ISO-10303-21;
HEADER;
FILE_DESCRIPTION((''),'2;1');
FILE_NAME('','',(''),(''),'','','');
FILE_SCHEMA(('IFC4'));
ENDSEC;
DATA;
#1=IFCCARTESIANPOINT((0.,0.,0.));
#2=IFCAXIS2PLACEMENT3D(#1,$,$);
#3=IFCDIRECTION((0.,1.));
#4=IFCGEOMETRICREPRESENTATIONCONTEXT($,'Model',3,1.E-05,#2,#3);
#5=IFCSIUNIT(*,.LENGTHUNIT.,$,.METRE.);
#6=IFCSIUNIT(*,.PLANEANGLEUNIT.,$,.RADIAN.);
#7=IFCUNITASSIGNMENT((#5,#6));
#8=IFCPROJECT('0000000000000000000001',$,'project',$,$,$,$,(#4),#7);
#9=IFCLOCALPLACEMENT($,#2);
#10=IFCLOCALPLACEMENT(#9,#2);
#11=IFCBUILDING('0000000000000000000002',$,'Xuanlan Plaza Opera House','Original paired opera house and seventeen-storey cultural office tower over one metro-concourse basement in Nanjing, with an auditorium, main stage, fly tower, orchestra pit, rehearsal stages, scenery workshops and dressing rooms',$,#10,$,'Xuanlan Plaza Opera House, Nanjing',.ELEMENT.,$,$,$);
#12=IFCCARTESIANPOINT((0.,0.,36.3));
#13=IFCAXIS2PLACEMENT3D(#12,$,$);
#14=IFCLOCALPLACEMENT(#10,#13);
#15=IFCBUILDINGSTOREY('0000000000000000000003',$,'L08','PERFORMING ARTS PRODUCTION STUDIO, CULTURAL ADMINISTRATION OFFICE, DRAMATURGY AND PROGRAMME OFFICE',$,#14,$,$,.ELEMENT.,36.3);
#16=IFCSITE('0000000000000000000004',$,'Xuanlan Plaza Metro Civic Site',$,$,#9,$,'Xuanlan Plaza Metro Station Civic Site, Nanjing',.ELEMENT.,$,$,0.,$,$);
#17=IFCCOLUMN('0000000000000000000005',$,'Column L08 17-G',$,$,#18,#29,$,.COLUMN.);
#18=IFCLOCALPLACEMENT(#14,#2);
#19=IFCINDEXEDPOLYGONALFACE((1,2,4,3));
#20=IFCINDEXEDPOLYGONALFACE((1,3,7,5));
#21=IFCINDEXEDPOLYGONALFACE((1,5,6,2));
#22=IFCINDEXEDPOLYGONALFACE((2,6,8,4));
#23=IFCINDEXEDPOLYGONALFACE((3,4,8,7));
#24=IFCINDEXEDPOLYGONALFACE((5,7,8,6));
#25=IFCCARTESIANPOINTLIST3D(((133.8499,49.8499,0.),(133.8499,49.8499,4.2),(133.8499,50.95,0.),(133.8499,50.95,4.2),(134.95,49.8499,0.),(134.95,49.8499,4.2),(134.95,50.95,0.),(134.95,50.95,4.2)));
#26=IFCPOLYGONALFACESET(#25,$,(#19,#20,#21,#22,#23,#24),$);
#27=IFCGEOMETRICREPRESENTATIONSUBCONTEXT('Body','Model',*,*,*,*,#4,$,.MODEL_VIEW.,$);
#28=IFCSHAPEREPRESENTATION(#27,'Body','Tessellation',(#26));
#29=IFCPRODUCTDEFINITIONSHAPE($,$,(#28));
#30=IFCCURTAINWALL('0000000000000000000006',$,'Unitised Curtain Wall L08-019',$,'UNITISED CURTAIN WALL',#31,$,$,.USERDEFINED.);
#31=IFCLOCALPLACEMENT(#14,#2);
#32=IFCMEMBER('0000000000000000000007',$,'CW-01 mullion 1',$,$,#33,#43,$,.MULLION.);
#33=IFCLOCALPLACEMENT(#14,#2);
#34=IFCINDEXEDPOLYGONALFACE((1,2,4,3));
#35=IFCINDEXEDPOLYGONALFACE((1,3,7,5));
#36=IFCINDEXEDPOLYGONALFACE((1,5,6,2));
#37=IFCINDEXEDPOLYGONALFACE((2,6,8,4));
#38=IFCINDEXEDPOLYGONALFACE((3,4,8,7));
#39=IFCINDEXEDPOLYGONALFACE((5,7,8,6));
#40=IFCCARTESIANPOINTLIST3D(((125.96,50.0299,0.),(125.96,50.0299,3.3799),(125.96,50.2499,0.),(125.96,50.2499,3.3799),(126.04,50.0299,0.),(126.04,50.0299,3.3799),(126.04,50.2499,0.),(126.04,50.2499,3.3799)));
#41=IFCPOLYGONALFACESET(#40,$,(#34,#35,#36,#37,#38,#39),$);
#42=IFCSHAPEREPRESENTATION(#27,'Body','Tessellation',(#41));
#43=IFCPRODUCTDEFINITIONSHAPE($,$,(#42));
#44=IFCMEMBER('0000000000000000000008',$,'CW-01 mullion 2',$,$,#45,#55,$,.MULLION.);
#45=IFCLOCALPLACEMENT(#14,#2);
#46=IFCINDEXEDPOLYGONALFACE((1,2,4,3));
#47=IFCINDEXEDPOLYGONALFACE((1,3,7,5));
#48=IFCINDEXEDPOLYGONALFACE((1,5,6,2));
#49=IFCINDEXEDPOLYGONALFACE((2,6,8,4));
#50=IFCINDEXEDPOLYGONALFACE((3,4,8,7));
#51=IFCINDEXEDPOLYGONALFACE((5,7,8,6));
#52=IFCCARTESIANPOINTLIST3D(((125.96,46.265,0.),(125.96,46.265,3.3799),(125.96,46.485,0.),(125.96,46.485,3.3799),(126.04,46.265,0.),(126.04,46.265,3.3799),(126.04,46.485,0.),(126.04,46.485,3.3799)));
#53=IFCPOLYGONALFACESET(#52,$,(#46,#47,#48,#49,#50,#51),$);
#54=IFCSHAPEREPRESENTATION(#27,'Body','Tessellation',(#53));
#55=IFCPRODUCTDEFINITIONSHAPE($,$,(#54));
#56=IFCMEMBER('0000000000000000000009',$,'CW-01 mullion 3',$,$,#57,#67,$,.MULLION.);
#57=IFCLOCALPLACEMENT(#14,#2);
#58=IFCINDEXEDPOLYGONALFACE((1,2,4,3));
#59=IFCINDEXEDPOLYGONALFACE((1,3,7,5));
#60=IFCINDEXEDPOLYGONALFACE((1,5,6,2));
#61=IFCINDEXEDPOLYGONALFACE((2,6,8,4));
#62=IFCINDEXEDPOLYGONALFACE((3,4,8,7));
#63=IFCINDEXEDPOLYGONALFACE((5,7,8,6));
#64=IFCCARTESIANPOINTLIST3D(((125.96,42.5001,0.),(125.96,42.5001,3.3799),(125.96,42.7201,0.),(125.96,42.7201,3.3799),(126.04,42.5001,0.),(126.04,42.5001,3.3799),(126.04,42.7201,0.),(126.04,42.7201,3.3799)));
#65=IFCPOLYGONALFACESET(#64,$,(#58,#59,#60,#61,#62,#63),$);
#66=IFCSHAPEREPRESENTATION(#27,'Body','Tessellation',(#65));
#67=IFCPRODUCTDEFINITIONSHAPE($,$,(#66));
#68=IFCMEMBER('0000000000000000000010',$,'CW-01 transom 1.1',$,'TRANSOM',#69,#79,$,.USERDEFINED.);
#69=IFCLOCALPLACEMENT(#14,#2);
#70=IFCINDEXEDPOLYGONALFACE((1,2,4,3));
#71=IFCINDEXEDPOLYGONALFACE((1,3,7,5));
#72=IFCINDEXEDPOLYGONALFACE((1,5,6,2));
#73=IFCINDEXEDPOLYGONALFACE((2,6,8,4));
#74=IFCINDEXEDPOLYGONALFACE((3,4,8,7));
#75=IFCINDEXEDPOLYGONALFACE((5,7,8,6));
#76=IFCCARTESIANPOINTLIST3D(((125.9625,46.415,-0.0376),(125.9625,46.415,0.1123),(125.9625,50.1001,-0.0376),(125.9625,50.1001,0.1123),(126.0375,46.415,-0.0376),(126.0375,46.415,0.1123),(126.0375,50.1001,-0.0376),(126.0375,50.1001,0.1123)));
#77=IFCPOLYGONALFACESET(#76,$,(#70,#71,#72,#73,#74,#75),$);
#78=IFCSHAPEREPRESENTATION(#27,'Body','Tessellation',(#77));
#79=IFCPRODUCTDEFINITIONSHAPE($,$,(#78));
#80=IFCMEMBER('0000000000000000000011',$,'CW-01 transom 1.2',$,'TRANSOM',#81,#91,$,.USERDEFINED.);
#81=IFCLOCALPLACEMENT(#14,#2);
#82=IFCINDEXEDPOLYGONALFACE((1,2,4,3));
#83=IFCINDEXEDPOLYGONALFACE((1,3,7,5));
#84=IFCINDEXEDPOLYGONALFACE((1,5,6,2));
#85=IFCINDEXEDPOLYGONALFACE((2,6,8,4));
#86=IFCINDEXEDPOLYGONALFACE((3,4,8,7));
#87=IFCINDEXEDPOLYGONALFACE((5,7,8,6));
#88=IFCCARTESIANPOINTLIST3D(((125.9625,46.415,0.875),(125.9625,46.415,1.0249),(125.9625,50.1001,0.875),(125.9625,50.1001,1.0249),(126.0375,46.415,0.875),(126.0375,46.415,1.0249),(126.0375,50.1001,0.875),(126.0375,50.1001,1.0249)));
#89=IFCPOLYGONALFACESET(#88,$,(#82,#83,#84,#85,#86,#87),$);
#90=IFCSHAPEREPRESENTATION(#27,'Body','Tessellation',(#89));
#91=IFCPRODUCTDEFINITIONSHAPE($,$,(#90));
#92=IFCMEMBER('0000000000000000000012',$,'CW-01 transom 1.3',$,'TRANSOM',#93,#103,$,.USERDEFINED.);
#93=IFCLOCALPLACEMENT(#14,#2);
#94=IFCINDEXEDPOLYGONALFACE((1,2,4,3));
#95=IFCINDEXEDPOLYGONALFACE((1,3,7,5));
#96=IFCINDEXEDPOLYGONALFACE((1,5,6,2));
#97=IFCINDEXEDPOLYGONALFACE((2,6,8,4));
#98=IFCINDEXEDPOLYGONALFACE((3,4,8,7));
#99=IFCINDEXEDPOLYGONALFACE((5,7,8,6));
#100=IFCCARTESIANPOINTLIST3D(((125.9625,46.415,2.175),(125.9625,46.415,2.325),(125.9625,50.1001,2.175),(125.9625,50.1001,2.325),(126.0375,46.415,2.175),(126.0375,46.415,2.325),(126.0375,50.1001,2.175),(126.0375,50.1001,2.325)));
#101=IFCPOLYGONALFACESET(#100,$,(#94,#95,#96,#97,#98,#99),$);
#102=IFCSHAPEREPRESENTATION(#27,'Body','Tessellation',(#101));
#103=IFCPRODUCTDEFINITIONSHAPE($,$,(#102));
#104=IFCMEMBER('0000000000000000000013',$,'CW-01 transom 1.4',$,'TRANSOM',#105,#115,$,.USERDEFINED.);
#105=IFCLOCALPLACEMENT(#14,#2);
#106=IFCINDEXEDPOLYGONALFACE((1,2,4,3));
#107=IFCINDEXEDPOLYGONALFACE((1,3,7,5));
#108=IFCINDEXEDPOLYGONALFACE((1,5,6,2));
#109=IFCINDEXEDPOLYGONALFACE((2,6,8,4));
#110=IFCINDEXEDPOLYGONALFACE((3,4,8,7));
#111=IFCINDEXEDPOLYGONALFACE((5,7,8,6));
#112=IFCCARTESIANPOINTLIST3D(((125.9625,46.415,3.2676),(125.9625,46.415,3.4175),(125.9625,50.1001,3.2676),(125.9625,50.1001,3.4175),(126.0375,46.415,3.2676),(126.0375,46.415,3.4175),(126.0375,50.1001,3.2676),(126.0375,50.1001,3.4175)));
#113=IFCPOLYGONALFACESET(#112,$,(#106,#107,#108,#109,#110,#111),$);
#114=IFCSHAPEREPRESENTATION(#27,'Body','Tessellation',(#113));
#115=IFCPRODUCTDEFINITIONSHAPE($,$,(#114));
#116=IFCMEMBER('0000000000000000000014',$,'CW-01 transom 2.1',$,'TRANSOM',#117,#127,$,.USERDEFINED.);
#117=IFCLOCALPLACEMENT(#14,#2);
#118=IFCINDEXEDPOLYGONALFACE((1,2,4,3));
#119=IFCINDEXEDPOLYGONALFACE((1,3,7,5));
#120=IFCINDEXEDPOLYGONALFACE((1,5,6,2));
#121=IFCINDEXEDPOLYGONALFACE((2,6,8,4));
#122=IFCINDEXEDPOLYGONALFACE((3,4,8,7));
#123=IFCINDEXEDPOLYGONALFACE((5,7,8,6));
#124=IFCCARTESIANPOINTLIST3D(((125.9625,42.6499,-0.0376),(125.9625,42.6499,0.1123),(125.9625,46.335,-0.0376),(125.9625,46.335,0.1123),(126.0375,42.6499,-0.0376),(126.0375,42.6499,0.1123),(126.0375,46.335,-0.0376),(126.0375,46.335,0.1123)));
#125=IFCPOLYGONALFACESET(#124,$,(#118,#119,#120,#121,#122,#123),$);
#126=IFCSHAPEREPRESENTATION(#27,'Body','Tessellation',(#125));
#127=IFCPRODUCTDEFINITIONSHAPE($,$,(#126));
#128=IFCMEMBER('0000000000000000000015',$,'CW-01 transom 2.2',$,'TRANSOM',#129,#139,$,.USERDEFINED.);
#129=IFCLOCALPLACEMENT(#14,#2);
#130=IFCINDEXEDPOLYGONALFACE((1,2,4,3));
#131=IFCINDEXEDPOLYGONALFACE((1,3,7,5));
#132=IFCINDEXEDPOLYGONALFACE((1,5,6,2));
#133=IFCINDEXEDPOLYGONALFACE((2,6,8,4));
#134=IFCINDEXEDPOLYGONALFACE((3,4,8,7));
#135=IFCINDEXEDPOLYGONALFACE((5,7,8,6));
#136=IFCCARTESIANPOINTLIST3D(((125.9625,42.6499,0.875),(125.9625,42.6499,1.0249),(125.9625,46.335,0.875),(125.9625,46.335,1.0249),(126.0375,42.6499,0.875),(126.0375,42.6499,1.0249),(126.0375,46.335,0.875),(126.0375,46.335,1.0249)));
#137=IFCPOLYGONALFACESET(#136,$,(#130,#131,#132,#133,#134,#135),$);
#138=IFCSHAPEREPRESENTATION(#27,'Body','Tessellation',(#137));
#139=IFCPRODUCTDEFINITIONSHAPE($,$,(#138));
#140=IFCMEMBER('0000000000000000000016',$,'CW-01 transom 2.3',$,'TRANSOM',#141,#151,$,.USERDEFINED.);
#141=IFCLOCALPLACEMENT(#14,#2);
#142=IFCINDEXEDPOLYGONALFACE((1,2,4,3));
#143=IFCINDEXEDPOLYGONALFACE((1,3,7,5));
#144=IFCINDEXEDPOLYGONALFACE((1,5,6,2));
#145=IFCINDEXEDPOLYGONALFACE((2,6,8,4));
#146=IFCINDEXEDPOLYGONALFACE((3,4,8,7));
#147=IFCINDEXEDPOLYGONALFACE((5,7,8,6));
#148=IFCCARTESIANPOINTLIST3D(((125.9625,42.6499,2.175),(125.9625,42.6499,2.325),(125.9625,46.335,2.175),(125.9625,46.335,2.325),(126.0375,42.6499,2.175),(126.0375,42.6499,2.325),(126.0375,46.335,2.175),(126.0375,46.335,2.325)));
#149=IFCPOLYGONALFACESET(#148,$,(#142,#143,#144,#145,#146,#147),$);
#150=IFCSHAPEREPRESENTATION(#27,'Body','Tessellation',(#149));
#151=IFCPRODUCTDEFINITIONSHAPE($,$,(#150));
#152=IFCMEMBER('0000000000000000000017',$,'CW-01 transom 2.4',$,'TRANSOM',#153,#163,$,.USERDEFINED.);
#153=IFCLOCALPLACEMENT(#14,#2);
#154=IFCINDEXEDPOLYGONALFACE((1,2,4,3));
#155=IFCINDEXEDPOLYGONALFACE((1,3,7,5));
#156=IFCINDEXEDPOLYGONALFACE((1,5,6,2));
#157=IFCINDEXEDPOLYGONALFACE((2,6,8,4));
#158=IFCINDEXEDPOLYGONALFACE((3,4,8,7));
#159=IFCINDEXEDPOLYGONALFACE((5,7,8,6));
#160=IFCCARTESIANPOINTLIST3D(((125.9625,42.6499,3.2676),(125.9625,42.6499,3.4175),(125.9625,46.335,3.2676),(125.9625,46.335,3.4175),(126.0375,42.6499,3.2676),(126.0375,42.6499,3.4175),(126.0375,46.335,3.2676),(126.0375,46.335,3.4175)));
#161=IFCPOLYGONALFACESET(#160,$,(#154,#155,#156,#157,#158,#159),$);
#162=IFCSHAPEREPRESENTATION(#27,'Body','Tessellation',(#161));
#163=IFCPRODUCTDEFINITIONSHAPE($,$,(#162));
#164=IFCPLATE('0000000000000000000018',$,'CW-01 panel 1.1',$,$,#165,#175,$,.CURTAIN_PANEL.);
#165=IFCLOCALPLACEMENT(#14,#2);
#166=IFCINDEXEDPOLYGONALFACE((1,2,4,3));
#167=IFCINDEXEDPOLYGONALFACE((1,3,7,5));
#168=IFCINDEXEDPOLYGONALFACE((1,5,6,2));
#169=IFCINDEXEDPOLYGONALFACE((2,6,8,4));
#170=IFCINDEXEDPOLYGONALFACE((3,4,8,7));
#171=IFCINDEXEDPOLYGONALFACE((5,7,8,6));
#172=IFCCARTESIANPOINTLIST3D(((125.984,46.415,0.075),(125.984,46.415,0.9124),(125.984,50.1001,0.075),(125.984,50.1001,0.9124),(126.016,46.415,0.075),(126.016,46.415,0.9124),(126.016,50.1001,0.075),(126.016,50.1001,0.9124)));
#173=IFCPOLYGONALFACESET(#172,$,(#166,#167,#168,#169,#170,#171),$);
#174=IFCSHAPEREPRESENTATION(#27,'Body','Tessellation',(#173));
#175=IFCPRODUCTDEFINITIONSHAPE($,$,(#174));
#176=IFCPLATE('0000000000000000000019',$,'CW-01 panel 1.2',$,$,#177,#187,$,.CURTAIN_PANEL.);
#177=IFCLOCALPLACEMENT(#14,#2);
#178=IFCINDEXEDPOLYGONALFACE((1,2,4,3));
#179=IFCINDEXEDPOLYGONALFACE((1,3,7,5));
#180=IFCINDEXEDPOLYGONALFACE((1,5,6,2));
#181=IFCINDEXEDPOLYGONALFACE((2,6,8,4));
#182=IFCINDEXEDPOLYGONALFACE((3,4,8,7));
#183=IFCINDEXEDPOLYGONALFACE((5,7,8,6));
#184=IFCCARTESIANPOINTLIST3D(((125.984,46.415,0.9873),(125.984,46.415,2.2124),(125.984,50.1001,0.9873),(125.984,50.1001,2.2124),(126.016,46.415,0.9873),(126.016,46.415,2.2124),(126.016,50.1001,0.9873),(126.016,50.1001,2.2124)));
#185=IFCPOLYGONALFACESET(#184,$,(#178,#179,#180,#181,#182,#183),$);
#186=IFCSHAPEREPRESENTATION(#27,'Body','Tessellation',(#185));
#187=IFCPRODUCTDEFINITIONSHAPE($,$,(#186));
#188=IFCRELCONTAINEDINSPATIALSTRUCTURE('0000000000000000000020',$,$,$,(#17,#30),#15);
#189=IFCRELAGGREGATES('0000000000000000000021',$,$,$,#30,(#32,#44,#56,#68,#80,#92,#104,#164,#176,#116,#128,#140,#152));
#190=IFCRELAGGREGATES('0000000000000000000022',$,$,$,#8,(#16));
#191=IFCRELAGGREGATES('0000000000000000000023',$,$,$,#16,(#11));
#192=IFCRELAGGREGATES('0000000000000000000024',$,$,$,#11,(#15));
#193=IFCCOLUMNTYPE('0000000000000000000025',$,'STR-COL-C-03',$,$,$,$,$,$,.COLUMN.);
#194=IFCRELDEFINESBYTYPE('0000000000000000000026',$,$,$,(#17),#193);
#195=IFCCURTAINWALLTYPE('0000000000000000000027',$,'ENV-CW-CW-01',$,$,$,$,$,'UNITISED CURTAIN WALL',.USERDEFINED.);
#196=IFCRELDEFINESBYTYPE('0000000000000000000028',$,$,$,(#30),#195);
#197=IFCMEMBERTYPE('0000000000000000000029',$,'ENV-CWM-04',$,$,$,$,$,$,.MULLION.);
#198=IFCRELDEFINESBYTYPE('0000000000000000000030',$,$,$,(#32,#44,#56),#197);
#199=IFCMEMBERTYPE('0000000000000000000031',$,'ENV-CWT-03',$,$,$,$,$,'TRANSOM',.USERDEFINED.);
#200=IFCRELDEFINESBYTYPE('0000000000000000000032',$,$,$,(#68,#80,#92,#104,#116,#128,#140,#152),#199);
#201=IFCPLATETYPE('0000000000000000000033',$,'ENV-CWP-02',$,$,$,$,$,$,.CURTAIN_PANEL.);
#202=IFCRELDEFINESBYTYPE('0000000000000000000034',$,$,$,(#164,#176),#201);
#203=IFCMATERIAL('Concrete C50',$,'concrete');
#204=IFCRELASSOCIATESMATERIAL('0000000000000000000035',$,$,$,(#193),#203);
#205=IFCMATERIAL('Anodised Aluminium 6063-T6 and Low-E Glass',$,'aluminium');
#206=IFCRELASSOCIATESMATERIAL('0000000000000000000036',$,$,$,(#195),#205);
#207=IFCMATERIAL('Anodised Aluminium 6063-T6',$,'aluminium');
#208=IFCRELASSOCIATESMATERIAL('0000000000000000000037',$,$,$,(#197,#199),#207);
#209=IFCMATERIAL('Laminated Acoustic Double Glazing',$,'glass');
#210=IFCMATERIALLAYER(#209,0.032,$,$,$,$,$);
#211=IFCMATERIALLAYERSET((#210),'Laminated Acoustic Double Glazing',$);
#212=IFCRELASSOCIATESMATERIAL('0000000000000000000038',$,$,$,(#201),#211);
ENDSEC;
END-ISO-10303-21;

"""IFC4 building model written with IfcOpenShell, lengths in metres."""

from ifc_helpers import new_model, si_unit, direction, frame, origin, origin_2d, place, context, subcontext, project, spatial, rectangle, extrude, material, layer, layer_set, material_profile, profile_set, type_object, element, aggregate, save


model = new_model("IFC4")

# Units and contexts
model_context = context("Model", 3, precision=1e-05, world=origin(), true_north=direction((0.0, 1.0)))
body_context = subcontext(model_context, "Body", "Model", "MODEL_VIEW")
ifc_project = project(units=[si_unit("LENGTHUNIT", "METRE"), si_unit("PLANEANGLEUNIT", "RADIAN")], contexts=[model_context])

# Site, building, storey
site_placement = place(None, origin())
site = spatial("IfcSite", under=ifc_project, at=site_placement, Name="Xuanlan Plaza Metro Civic Site", LongName="Xuanlan Plaza Metro Station Civic Site, Nanjing", CompositionType="ELEMENT", RefElevation=0.0)
building_placement = place(site_placement, origin())
building = spatial("IfcBuilding", under=site, at=building_placement, Name="Xuanlan Plaza Opera House", Description="Original paired opera house and seventeen-storey cultural office tower over one metro-concourse basement in Nanjing, with an auditorium, main stage, fly tower, orchestra pit, rehearsal stages, scenery workshops and dressing rooms", LongName="Xuanlan Plaza Opera House, Nanjing", CompositionType="ELEMENT")
storey_placement = place(building_placement, frame((0.0, 0.0, 36.3)))
storey = spatial("IfcBuildingStorey", under=building, at=storey_placement, Name="L08", Description="PERFORMING ARTS PRODUCTION STUDIO, CULTURAL ADMINISTRATION OFFICE, DRAMATURGY AND PROGRAMME OFFICE", CompositionType="ELEMENT", Elevation=36.3)

# Column
ifc_material_1 = material(Name="Concrete C50", Category="concrete")
ifc_material_profile_1 = material_profile(ifc_material_1, rectangle(XDim=1.1001, YDim=1.1001, at=origin_2d()), Name="RC-COL 1100x1100")
ifc_profile_set_1 = profile_set([ifc_material_profile_1], Name="Concrete C50")
column_type = type_object("IfcColumnType", Name="STR-COL-C-03", PredefinedType="COLUMN", material=ifc_profile_set_1)
column_placement = place(storey_placement, frame((134.3999, 50.3999, 0.0), z_axis=(0.0, 0.0, 1.0), x_axis=(1.0, 0.0, 0.0)))
element("IfcColumn", 1, at=column_placement, inside=storey, type_object=column_type, Name="Column L08 17-G", PredefinedType="COLUMN", context=body_context, shape_type="SweptSolid", body=[
    extrude(rectangle(XDim=1.1001, YDim=1.1001, at=origin_2d()), origin(), (0.0, 0.0, 1.0), 4.2),
])

# Curtain wall, members, plates
ifc_material_2 = material(Name="Anodised Aluminium 6063-T6 and Low-E Glass", Category="aluminium")
curtain_wall_type = type_object("IfcCurtainWallType", Name="ENV-CW-CW-01", ElementType="UNITISED CURTAIN WALL", PredefinedType="USERDEFINED", material=ifc_material_2)
curtain_wall_placement = place(storey_placement, origin())
curtain_wall = element("IfcCurtainWall", 2, at=curtain_wall_placement, inside=storey, type_object=curtain_wall_type, Name="Unitised Curtain Wall L08-019", ObjectType="UNITISED CURTAIN WALL", PredefinedType="USERDEFINED")
ifc_material_3 = material(Name="Anodised Aluminium 6063-T6", Category="aluminium")
ifc_material_profile_2 = material_profile(ifc_material_3, rectangle(XDim=0.0801, YDim=0.22, at=origin_2d()), Name="ALU-M 80x220")
ifc_profile_set_2 = profile_set([ifc_material_profile_2], Name="Anodised Aluminium 6063-T6")
member_type_1 = type_object("IfcMemberType", Name="ENV-CWM-04", PredefinedType="MULLION", material=ifc_profile_set_2)
member_1_placement = place(storey_placement, frame((126.0, 50.1399, 0.0), z_axis=(0.0, 0.0, 1.0), x_axis=(1.0, 0.0, 0.0)))
member_1 = element("IfcMember", 3, at=member_1_placement, type_object=member_type_1, Name="CW-01 mullion 1", PredefinedType="MULLION", context=body_context, shape_type="SweptSolid", body=[
    extrude(rectangle(XDim=0.0801, YDim=0.22, at=origin_2d()), origin(), (0.0, 0.0, 1.0), 3.3799),
])
member_2_placement = place(storey_placement, frame((126.0, 46.375, 0.0), z_axis=(0.0, 0.0, 1.0), x_axis=(1.0, 0.0, 0.0)))
member_2 = element("IfcMember", 4, at=member_2_placement, type_object=member_type_1, Name="CW-01 mullion 2", PredefinedType="MULLION", context=body_context, shape_type="SweptSolid", body=[
    extrude(rectangle(XDim=0.0801, YDim=0.22, at=origin_2d()), origin(), (0.0, 0.0, 1.0), 3.3799),
])
member_3_placement = place(storey_placement, frame((126.0, 42.6101, 0.0), z_axis=(0.0, 0.0, 1.0), x_axis=(1.0, 0.0, 0.0)))
member_3 = element("IfcMember", 5, at=member_3_placement, type_object=member_type_1, Name="CW-01 mullion 3", PredefinedType="MULLION", context=body_context, shape_type="SweptSolid", body=[
    extrude(rectangle(XDim=0.0801, YDim=0.22, at=origin_2d()), origin(), (0.0, 0.0, 1.0), 3.3799),
])
ifc_material_profile_3 = material_profile(ifc_material_3, rectangle(XDim=0.075, YDim=0.1499, at=origin_2d()), Name="ALU-T 75x150")
ifc_profile_set_3 = profile_set([ifc_material_profile_3], Name="Anodised Aluminium 6063-T6")
member_type_2 = type_object("IfcMemberType", Name="ENV-CWT-03", ElementType="TRANSOM", PredefinedType="USERDEFINED", material=ifc_profile_set_3)
member_4_placement = place(storey_placement, frame((126.0, 50.1001, 0.0374), z_axis=(0.0, -1.0, 0.0), x_axis=(1.0, 0.0, 0.0)))
member_4 = element("IfcMember", 6, at=member_4_placement, type_object=member_type_2, Name="CW-01 transom 1.1", ObjectType="TRANSOM", PredefinedType="USERDEFINED", context=body_context, shape_type="SweptSolid", body=[
    extrude(rectangle(XDim=0.075, YDim=0.1499, at=origin_2d()), origin(), (0.0, 0.0, 1.0), 3.6851),
])
member_5_placement = place(storey_placement, frame((126.0, 50.1001, 0.95), z_axis=(0.0, -1.0, 0.0), x_axis=(1.0, 0.0, 0.0)))
member_5 = element("IfcMember", 7, at=member_5_placement, type_object=member_type_2, Name="CW-01 transom 1.2", ObjectType="TRANSOM", PredefinedType="USERDEFINED", context=body_context, shape_type="SweptSolid", body=[
    extrude(rectangle(XDim=0.075, YDim=0.1499, at=origin_2d()), origin(), (0.0, 0.0, 1.0), 3.6851),
])
member_6_placement = place(storey_placement, frame((126.0, 50.1001, 2.25), z_axis=(0.0, -1.0, 0.0), x_axis=(1.0, 0.0, 0.0)))
member_6 = element("IfcMember", 8, at=member_6_placement, type_object=member_type_2, Name="CW-01 transom 1.3", ObjectType="TRANSOM", PredefinedType="USERDEFINED", context=body_context, shape_type="SweptSolid", body=[
    extrude(rectangle(XDim=0.075, YDim=0.1499, at=origin_2d()), origin(), (0.0, 0.0, 1.0), 3.6851),
])
member_7_placement = place(storey_placement, frame((126.0, 50.1001, 3.3425), z_axis=(0.0, -1.0, 0.0), x_axis=(1.0, 0.0, 0.0)))
member_7 = element("IfcMember", 9, at=member_7_placement, type_object=member_type_2, Name="CW-01 transom 1.4", ObjectType="TRANSOM", PredefinedType="USERDEFINED", context=body_context, shape_type="SweptSolid", body=[
    extrude(rectangle(XDim=0.075, YDim=0.1499, at=origin_2d()), origin(), (0.0, 0.0, 1.0), 3.6851),
])
member_8_placement = place(storey_placement, frame((126.0, 46.335, 0.0374), z_axis=(0.0, -1.0, 0.0), x_axis=(1.0, 0.0, 0.0)))
member_8 = element("IfcMember", 10, at=member_8_placement, type_object=member_type_2, Name="CW-01 transom 2.1", ObjectType="TRANSOM", PredefinedType="USERDEFINED", context=body_context, shape_type="SweptSolid", body=[
    extrude(rectangle(XDim=0.075, YDim=0.1499, at=origin_2d()), origin(), (0.0, 0.0, 1.0), 3.6851),
])
member_9_placement = place(storey_placement, frame((126.0, 46.335, 0.95), z_axis=(0.0, -1.0, 0.0), x_axis=(1.0, 0.0, 0.0)))
member_9 = element("IfcMember", 11, at=member_9_placement, type_object=member_type_2, Name="CW-01 transom 2.2", ObjectType="TRANSOM", PredefinedType="USERDEFINED", context=body_context, shape_type="SweptSolid", body=[
    extrude(rectangle(XDim=0.075, YDim=0.1499, at=origin_2d()), origin(), (0.0, 0.0, 1.0), 3.6851),
])
member_10_placement = place(storey_placement, frame((126.0, 46.335, 2.25), z_axis=(0.0, -1.0, 0.0), x_axis=(1.0, 0.0, 0.0)))
member_10 = element("IfcMember", 12, at=member_10_placement, type_object=member_type_2, Name="CW-01 transom 2.3", ObjectType="TRANSOM", PredefinedType="USERDEFINED", context=body_context, shape_type="SweptSolid", body=[
    extrude(rectangle(XDim=0.075, YDim=0.1499, at=origin_2d()), origin(), (0.0, 0.0, 1.0), 3.6851),
])
member_11_placement = place(storey_placement, frame((126.0, 46.335, 3.3425), z_axis=(0.0, -1.0, 0.0), x_axis=(1.0, 0.0, 0.0)))
member_11 = element("IfcMember", 13, at=member_11_placement, type_object=member_type_2, Name="CW-01 transom 2.4", ObjectType="TRANSOM", PredefinedType="USERDEFINED", context=body_context, shape_type="SweptSolid", body=[
    extrude(rectangle(XDim=0.075, YDim=0.1499, at=origin_2d()), origin(), (0.0, 0.0, 1.0), 3.6851),
])
ifc_material_4 = material(Name="Laminated Acoustic Double Glazing", Category="glass")
ifc_layer_1 = layer(ifc_material_4, 0.032)
ifc_layer_set_1 = layer_set([ifc_layer_1], Name="Laminated Acoustic Double Glazing")
plate_type = type_object("IfcPlateType", Name="ENV-CWP-02", PredefinedType="CURTAIN_PANEL", material=ifc_layer_set_1)
plate_1_placement = place(storey_placement, frame((126.0, 48.2576, 0.075), z_axis=(0.0, 0.0, 1.0), x_axis=(0.0, -1.0, 0.0)))
plate_1 = element("IfcPlate", 14, at=plate_1_placement, type_object=plate_type, Name="CW-01 panel 1.1", PredefinedType="CURTAIN_PANEL", context=body_context, shape_type="SweptSolid", body=[
    extrude(rectangle(XDim=3.6851, YDim=0.032, at=origin_2d()), origin(), (0.0, 0.0, 1.0), 0.8374),
])
plate_2_placement = place(storey_placement, frame((126.0, 48.2576, 0.9873), z_axis=(0.0, 0.0, 1.0), x_axis=(0.0, -1.0, 0.0)))
plate_2 = element("IfcPlate", 15, at=plate_2_placement, type_object=plate_type, Name="CW-01 panel 1.2", PredefinedType="CURTAIN_PANEL", context=body_context, shape_type="SweptSolid", body=[
    extrude(rectangle(XDim=3.6851, YDim=0.032, at=origin_2d()), origin(), (0.0, 0.0, 1.0), 1.2251),
])
aggregate(curtain_wall, [member_1, member_2, member_3, member_4, member_5, member_6, member_7, plate_1, plate_2, member_8, member_9, member_10, member_11])

save(model, "model.ifc")
